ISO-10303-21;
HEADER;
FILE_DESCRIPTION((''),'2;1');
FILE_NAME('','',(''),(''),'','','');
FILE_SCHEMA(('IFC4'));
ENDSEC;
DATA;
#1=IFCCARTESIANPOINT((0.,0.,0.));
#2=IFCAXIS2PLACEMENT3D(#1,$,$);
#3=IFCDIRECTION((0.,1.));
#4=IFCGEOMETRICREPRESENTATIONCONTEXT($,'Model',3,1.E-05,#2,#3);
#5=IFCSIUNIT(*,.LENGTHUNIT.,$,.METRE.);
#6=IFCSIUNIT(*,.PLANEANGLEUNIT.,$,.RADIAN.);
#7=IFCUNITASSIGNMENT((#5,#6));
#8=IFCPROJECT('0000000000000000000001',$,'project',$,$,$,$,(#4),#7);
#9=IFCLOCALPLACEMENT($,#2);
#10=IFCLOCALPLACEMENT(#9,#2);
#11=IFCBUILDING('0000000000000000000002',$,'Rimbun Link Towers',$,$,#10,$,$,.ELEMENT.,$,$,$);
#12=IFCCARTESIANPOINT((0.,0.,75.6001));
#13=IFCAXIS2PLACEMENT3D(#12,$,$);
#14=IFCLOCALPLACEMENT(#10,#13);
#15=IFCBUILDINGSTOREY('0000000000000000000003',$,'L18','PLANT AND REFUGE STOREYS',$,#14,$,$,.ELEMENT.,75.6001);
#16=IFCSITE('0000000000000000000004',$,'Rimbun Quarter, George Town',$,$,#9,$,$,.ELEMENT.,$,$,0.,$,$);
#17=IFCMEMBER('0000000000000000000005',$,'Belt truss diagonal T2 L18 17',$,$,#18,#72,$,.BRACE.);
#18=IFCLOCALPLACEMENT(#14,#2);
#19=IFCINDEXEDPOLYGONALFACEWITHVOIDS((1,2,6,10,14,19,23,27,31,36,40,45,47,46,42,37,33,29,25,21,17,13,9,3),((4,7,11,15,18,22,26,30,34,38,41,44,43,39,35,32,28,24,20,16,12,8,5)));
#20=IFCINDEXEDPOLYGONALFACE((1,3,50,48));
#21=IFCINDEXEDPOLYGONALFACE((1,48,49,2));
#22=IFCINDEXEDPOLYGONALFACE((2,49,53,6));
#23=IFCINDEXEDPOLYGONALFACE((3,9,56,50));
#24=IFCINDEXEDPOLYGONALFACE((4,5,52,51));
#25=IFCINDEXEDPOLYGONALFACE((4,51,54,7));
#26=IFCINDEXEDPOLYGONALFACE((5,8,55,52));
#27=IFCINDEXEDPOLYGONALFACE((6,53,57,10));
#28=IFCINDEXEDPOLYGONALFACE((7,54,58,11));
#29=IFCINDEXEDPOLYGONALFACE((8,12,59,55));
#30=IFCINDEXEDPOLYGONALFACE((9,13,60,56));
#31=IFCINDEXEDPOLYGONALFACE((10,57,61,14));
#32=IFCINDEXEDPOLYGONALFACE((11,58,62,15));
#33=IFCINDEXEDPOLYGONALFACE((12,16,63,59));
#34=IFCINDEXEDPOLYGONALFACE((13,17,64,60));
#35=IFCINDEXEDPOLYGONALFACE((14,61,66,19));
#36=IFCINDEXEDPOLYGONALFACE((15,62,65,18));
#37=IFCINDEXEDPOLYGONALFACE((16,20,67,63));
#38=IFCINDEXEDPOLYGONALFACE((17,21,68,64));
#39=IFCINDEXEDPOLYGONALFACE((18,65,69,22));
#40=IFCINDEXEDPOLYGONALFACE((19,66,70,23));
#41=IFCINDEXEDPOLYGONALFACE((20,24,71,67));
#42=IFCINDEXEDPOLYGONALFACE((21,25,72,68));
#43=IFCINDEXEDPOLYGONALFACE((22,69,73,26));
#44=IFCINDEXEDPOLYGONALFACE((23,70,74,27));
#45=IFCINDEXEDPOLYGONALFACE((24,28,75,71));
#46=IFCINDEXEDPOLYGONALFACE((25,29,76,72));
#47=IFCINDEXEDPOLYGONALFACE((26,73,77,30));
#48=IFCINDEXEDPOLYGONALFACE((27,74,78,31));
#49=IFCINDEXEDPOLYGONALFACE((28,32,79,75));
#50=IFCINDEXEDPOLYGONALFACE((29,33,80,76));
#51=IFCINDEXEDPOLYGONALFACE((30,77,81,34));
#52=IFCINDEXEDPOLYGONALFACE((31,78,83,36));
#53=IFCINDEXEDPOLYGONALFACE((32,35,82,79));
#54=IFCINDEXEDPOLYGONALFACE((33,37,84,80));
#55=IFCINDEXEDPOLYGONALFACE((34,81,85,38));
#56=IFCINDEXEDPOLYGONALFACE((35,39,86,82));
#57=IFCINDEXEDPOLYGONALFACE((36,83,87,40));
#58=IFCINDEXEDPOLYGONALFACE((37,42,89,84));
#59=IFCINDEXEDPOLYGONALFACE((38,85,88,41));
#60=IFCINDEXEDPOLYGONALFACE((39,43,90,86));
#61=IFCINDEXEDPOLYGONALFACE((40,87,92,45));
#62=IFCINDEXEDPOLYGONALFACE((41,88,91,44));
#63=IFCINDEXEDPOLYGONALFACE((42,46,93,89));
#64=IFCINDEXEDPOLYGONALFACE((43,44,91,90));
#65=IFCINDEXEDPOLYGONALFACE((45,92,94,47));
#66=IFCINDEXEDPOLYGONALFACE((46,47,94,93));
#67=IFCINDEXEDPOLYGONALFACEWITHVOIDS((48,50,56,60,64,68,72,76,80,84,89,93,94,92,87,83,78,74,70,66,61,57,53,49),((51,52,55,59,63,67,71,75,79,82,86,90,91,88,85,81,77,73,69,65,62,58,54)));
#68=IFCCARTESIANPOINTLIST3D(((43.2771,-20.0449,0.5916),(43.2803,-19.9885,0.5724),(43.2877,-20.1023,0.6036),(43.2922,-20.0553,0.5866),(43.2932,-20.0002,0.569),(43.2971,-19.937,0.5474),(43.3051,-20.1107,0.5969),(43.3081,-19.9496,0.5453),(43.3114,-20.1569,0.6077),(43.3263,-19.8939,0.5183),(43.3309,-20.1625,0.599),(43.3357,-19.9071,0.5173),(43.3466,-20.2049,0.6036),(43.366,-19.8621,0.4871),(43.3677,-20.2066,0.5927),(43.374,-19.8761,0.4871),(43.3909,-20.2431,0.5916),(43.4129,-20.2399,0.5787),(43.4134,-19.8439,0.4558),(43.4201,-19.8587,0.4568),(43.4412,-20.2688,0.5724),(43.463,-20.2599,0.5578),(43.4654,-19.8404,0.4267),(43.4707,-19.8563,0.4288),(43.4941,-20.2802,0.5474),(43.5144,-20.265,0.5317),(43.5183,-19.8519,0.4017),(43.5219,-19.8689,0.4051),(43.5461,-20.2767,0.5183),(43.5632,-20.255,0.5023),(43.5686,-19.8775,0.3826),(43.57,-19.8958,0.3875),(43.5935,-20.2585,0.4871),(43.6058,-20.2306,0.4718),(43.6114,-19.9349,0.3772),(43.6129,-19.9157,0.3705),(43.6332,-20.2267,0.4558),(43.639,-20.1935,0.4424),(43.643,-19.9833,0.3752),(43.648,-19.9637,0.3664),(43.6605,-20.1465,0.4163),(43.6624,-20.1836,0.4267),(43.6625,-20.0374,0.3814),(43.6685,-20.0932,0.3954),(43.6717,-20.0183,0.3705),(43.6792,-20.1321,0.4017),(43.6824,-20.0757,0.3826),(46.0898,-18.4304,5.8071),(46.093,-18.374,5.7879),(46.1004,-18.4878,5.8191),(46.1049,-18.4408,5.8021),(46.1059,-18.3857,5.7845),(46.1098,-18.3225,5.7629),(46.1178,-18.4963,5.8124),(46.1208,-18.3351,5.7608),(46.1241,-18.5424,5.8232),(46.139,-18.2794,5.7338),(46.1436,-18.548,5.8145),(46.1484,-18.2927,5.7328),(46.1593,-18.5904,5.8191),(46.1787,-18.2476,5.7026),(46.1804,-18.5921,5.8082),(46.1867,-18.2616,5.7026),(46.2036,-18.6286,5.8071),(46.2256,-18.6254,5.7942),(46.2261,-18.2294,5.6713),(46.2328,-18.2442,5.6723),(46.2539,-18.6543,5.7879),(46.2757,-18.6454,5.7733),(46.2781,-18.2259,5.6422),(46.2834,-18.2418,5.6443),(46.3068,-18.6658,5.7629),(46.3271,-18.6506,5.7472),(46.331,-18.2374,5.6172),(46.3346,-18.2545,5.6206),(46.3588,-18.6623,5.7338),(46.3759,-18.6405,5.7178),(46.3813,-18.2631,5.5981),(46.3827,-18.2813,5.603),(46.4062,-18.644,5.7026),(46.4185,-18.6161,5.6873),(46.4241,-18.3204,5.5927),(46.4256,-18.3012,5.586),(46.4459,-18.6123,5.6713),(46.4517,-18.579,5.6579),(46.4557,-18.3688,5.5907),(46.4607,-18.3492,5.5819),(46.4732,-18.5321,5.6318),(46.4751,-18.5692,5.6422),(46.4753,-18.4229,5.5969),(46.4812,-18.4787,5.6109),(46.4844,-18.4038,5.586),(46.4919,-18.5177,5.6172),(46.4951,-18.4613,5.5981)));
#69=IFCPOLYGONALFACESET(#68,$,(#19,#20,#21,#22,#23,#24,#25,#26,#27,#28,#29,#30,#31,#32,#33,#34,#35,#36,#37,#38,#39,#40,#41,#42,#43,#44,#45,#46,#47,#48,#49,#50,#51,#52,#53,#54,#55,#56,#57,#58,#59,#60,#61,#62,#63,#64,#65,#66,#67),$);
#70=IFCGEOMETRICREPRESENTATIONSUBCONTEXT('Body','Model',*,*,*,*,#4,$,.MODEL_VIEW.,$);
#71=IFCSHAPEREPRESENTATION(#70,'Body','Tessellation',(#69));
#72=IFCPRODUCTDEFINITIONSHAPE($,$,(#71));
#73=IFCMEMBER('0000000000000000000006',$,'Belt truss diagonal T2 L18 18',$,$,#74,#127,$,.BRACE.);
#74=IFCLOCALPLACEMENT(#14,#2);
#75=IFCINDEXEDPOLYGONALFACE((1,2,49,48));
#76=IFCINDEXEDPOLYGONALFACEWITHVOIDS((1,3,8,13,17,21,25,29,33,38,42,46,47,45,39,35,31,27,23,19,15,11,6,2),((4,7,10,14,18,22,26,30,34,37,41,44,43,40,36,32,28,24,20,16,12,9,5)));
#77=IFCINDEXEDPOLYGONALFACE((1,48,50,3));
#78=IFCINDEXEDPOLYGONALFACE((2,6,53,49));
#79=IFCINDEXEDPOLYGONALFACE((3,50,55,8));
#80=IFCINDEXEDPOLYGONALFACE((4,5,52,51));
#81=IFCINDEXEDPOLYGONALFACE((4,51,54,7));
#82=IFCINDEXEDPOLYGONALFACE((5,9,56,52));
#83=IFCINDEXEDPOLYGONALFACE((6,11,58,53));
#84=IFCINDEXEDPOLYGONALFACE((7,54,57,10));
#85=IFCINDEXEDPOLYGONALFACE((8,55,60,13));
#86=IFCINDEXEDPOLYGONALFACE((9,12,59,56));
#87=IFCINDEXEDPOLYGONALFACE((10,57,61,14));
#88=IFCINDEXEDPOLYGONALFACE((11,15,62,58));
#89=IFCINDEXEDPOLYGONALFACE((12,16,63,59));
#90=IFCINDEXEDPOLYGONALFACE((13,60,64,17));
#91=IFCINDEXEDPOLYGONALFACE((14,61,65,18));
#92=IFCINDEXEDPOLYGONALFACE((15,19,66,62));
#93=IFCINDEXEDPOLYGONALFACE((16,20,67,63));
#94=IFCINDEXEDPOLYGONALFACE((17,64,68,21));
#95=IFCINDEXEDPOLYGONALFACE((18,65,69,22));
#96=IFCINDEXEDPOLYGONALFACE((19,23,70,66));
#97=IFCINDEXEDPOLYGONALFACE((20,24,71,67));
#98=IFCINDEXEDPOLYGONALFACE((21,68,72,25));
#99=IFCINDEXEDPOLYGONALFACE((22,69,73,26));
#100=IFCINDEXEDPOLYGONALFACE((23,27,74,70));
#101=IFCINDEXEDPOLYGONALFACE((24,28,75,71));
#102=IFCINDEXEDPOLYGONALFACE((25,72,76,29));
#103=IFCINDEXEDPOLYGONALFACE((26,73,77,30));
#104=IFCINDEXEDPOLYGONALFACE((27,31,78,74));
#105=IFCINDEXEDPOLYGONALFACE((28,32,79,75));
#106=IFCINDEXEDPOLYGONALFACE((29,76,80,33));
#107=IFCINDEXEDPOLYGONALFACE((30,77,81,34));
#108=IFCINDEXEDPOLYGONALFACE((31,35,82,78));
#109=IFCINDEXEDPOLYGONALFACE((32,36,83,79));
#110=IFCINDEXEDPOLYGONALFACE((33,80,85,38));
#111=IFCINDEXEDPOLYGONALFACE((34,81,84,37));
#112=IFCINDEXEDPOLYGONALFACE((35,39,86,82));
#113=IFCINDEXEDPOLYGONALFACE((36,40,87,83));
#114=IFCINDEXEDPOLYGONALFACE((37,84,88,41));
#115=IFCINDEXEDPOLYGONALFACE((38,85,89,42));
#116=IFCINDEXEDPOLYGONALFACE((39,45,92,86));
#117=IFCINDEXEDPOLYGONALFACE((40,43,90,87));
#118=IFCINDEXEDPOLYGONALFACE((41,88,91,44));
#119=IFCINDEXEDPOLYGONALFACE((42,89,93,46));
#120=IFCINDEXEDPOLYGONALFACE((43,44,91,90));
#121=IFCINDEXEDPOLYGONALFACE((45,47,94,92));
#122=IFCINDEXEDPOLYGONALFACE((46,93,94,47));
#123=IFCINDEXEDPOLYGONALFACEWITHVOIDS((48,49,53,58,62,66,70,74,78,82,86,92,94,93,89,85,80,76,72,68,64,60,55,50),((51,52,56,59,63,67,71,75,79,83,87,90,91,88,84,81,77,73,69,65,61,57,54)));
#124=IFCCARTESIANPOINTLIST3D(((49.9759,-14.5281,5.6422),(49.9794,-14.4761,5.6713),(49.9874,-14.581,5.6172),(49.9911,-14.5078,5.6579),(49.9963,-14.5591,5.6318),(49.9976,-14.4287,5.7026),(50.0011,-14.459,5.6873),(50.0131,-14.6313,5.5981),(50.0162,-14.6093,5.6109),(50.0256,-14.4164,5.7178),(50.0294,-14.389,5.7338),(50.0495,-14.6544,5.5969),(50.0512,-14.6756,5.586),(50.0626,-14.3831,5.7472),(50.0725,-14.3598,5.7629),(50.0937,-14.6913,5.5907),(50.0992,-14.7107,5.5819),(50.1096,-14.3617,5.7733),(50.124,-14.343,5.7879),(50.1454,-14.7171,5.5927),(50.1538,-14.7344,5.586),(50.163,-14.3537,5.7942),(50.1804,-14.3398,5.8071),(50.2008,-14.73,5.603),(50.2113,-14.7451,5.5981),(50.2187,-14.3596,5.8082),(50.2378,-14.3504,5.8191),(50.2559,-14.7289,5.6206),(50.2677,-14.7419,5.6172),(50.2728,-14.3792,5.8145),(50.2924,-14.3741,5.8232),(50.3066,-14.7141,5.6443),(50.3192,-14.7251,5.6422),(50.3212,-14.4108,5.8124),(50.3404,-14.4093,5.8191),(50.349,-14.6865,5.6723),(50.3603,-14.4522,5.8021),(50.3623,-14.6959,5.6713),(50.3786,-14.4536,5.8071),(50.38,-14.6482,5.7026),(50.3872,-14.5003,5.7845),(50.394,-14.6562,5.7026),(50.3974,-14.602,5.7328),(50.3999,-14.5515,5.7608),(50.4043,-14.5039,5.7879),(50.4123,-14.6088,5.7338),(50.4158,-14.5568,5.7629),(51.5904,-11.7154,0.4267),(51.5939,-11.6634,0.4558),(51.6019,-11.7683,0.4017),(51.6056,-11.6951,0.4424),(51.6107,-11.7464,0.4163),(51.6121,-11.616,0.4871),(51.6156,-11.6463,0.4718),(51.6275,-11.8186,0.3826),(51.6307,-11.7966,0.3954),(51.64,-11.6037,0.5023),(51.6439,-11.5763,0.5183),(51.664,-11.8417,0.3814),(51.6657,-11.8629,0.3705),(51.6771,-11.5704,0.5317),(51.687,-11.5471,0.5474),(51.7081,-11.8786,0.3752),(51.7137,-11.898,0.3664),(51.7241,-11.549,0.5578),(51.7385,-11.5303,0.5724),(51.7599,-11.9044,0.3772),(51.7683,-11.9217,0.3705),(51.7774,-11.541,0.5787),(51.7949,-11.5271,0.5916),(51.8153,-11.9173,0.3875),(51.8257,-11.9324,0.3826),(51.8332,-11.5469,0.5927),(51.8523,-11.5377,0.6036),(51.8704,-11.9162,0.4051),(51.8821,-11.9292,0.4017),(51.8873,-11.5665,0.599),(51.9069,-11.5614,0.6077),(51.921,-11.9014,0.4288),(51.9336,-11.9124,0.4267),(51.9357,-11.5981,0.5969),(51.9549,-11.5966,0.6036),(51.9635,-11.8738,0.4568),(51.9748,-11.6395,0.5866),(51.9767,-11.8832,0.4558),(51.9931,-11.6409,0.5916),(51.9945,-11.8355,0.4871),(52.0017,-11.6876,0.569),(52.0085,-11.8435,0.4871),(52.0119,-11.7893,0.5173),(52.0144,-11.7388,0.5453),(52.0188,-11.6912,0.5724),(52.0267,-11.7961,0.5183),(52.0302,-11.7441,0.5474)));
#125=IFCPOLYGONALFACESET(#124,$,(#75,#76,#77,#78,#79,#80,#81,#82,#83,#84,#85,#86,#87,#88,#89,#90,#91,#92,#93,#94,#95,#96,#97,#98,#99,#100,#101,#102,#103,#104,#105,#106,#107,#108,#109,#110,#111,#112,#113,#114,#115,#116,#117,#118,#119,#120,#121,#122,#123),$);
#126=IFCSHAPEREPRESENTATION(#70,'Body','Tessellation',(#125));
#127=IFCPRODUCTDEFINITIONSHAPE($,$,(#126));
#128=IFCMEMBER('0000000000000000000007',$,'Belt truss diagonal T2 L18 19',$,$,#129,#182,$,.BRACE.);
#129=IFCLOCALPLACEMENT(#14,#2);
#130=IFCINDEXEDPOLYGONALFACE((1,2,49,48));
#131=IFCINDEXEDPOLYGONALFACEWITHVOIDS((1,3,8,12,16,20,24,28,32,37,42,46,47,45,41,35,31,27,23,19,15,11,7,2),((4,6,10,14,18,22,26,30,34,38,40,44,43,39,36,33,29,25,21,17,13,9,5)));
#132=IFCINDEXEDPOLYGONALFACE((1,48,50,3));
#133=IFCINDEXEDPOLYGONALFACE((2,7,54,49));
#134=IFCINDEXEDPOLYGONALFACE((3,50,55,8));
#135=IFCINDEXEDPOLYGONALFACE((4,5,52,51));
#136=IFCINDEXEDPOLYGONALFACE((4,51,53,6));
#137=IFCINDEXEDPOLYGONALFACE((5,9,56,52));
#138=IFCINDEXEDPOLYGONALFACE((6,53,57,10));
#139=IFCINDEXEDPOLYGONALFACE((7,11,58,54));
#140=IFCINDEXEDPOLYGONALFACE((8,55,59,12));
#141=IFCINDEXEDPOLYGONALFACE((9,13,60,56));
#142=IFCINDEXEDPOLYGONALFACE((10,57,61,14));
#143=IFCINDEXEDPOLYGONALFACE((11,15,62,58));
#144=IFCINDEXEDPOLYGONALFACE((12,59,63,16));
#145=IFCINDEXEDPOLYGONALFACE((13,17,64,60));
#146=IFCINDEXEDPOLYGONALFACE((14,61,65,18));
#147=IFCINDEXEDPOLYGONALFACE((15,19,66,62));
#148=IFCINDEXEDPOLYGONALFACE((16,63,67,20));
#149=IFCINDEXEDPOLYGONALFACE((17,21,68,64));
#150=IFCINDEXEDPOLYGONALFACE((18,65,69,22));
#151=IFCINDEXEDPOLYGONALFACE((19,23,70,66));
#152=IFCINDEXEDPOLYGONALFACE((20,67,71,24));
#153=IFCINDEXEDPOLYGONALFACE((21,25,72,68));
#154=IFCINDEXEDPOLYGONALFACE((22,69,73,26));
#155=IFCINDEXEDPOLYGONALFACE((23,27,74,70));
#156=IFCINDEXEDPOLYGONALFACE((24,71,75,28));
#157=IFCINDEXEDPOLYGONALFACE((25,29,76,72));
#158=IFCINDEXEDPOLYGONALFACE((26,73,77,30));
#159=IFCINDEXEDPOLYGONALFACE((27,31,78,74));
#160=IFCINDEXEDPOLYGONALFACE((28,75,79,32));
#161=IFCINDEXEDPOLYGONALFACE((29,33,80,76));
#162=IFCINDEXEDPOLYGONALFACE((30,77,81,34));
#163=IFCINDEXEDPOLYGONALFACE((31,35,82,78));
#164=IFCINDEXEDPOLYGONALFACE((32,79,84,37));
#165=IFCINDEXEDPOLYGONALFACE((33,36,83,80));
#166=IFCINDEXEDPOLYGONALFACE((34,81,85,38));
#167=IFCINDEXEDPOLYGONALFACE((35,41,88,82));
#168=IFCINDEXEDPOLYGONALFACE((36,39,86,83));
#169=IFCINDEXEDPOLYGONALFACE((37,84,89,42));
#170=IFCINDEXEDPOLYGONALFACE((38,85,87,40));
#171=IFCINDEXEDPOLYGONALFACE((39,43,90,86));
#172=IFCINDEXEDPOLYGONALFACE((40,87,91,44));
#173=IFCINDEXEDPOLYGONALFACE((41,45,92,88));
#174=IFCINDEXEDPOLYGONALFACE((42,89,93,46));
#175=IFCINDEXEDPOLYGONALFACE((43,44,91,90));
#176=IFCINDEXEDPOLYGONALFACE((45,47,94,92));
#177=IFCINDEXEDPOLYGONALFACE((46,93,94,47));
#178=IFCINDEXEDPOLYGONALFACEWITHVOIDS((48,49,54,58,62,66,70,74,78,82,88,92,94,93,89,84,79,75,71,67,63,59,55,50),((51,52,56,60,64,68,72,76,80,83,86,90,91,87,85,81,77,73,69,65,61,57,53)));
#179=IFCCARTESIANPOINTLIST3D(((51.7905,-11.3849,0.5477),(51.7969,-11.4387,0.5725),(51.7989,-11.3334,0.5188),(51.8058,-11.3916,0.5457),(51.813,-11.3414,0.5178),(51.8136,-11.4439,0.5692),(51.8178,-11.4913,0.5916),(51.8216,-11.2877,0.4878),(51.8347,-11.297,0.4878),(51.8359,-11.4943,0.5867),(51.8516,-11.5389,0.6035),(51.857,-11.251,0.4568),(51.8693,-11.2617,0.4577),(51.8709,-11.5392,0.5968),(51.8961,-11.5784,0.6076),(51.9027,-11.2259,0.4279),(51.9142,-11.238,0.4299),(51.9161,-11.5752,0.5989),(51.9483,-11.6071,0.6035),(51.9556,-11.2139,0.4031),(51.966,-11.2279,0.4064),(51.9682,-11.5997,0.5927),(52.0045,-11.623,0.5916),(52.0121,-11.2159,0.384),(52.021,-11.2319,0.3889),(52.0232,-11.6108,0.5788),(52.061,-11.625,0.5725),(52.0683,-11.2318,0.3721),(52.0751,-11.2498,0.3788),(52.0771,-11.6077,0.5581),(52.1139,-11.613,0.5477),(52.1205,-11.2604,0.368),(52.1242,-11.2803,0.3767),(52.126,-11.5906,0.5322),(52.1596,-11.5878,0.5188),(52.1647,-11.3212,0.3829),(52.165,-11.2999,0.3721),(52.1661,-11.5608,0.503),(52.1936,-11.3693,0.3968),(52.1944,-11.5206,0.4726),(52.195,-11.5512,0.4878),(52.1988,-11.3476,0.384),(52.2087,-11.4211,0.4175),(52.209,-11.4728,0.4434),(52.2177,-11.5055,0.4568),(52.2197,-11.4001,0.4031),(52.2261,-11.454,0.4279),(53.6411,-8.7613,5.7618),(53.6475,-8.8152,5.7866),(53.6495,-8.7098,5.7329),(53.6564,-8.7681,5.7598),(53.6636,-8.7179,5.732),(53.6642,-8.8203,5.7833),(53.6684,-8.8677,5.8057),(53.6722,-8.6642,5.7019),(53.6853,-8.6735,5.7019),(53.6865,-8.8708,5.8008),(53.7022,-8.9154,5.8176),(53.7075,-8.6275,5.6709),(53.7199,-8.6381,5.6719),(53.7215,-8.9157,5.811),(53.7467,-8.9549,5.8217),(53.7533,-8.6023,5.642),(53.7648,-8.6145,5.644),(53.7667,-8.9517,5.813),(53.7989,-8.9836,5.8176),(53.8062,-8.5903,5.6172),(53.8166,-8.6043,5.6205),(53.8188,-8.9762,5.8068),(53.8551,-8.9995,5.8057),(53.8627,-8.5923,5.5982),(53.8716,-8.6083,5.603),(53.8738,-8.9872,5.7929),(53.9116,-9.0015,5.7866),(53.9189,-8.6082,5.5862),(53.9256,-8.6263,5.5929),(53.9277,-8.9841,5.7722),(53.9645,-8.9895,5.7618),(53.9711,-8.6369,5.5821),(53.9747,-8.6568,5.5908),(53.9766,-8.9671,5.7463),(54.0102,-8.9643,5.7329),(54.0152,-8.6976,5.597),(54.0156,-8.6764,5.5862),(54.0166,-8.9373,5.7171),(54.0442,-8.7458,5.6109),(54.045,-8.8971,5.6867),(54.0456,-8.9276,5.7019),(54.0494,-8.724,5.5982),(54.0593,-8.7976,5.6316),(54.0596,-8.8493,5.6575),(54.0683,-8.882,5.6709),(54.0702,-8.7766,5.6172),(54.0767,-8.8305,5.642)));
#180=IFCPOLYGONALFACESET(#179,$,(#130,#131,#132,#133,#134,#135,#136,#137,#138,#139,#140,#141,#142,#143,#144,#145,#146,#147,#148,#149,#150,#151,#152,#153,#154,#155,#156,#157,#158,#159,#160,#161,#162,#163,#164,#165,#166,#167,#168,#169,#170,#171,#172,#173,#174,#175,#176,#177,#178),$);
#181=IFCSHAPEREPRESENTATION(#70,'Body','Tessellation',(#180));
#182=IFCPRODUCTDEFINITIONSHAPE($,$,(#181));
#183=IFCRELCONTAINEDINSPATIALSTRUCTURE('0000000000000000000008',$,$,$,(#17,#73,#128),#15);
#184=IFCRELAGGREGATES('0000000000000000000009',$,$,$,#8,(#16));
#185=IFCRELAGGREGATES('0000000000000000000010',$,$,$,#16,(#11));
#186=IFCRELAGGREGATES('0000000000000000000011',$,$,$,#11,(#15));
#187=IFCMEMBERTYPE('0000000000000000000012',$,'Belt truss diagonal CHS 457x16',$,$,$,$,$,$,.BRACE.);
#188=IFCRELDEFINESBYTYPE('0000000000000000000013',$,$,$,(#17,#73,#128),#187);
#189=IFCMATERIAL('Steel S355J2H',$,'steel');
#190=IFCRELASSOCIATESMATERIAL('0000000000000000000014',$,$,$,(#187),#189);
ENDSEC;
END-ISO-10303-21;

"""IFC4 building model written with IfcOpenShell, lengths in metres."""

from ifc_helpers import new_model, si_unit, direction, frame, origin, origin_2d, place, context, subcontext, project, spatial, hollow_circle, extrude, material, material_profile, profile_set, type_object, element, save


model = new_model("IFC4")

# Units and contexts
model_context = context("Model", 3, precision=1e-05, world=origin(), true_north=direction((0.0, 1.0)))
body_context = subcontext(model_context, "Body", "Model", "MODEL_VIEW")
ifc_project = project(units=[si_unit("LENGTHUNIT", "METRE"), si_unit("PLANEANGLEUNIT", "RADIAN")], contexts=[model_context])

# Site, building, storey
site_placement = place(None, origin())
site = spatial("IfcSite", under=ifc_project, at=site_placement, Name="Rimbun Quarter, George Town", CompositionType="ELEMENT", RefElevation=0.0)
building_placement = place(site_placement, origin())
building = spatial("IfcBuilding", under=site, at=building_placement, Name="Rimbun Link Towers", CompositionType="ELEMENT")
storey_placement = place(building_placement, frame((0.0, 0.0, 75.6001)))
storey = spatial("IfcBuildingStorey", under=building, at=storey_placement, Name="L18", Description="PLANT AND REFUGE STOREYS", CompositionType="ELEMENT", Elevation=75.6001)

# Members
ifc_material_1 = material(Name="Steel S355J2H", Category="steel")
ifc_material_profile_1 = material_profile(ifc_material_1, hollow_circle(Radius=0.2285, WallThickness=0.0161, at=origin_2d()), Name="Belt truss diagonal CHS 457x16")
ifc_profile_set_1 = profile_set([ifc_material_profile_1], Name="Steel S355J2H")
member_type_1 = type_object("IfcMemberType", Name="Belt truss diagonal CHS 457x16", PredefinedType="BRACE", material=ifc_profile_set_1)
for number, where, z_axis, x_axis, name in (
    (1, (43.4797, -20.0603, 0.4871), (0.457975, 0.262876, 0.849208), (-0.497816, 0.867283, 0.0), "Belt truss diagonal T2 L18 17"),
    (2, (51.8103, -11.7297, 0.4871), (-0.262876, -0.457975, 0.849208), (0.867283, -0.497816, 0.0), "Belt truss diagonal T2 L18 18"),
):
    element("IfcMember", number, at=place(storey_placement, frame(where, z_axis=z_axis, x_axis=x_axis)), inside=storey, type_object=member_type_1, Name=name, PredefinedType="BRACE", context=body_context, shape_type="SweptSolid", body=[
        extrude(hollow_circle(Radius=0.2285, WallThickness=0.0161, at=origin_2d()), origin(), (0.0, 0.0, 1.0), 6.1416),
    ])
member_1_placement = place(storey_placement, frame((52.0083, -11.4194, 0.4878), z_axis=(0.302221, 0.428453, 0.851523), x_axis=(-0.817162, 0.576408, 0.0)))
element("IfcMember", 3, at=member_1_placement, inside=storey, type_object=member_type_1, Name="Belt truss diagonal T2 L18 19", PredefinedType="BRACE", context=body_context, shape_type="SweptSolid", body=[
    extrude(hollow_circle(Radius=0.2285, WallThickness=0.0161, at=origin_2d()), origin(), (0.0, 0.0, 1.0), 6.1233),
])

save(model, "model.ifc")
